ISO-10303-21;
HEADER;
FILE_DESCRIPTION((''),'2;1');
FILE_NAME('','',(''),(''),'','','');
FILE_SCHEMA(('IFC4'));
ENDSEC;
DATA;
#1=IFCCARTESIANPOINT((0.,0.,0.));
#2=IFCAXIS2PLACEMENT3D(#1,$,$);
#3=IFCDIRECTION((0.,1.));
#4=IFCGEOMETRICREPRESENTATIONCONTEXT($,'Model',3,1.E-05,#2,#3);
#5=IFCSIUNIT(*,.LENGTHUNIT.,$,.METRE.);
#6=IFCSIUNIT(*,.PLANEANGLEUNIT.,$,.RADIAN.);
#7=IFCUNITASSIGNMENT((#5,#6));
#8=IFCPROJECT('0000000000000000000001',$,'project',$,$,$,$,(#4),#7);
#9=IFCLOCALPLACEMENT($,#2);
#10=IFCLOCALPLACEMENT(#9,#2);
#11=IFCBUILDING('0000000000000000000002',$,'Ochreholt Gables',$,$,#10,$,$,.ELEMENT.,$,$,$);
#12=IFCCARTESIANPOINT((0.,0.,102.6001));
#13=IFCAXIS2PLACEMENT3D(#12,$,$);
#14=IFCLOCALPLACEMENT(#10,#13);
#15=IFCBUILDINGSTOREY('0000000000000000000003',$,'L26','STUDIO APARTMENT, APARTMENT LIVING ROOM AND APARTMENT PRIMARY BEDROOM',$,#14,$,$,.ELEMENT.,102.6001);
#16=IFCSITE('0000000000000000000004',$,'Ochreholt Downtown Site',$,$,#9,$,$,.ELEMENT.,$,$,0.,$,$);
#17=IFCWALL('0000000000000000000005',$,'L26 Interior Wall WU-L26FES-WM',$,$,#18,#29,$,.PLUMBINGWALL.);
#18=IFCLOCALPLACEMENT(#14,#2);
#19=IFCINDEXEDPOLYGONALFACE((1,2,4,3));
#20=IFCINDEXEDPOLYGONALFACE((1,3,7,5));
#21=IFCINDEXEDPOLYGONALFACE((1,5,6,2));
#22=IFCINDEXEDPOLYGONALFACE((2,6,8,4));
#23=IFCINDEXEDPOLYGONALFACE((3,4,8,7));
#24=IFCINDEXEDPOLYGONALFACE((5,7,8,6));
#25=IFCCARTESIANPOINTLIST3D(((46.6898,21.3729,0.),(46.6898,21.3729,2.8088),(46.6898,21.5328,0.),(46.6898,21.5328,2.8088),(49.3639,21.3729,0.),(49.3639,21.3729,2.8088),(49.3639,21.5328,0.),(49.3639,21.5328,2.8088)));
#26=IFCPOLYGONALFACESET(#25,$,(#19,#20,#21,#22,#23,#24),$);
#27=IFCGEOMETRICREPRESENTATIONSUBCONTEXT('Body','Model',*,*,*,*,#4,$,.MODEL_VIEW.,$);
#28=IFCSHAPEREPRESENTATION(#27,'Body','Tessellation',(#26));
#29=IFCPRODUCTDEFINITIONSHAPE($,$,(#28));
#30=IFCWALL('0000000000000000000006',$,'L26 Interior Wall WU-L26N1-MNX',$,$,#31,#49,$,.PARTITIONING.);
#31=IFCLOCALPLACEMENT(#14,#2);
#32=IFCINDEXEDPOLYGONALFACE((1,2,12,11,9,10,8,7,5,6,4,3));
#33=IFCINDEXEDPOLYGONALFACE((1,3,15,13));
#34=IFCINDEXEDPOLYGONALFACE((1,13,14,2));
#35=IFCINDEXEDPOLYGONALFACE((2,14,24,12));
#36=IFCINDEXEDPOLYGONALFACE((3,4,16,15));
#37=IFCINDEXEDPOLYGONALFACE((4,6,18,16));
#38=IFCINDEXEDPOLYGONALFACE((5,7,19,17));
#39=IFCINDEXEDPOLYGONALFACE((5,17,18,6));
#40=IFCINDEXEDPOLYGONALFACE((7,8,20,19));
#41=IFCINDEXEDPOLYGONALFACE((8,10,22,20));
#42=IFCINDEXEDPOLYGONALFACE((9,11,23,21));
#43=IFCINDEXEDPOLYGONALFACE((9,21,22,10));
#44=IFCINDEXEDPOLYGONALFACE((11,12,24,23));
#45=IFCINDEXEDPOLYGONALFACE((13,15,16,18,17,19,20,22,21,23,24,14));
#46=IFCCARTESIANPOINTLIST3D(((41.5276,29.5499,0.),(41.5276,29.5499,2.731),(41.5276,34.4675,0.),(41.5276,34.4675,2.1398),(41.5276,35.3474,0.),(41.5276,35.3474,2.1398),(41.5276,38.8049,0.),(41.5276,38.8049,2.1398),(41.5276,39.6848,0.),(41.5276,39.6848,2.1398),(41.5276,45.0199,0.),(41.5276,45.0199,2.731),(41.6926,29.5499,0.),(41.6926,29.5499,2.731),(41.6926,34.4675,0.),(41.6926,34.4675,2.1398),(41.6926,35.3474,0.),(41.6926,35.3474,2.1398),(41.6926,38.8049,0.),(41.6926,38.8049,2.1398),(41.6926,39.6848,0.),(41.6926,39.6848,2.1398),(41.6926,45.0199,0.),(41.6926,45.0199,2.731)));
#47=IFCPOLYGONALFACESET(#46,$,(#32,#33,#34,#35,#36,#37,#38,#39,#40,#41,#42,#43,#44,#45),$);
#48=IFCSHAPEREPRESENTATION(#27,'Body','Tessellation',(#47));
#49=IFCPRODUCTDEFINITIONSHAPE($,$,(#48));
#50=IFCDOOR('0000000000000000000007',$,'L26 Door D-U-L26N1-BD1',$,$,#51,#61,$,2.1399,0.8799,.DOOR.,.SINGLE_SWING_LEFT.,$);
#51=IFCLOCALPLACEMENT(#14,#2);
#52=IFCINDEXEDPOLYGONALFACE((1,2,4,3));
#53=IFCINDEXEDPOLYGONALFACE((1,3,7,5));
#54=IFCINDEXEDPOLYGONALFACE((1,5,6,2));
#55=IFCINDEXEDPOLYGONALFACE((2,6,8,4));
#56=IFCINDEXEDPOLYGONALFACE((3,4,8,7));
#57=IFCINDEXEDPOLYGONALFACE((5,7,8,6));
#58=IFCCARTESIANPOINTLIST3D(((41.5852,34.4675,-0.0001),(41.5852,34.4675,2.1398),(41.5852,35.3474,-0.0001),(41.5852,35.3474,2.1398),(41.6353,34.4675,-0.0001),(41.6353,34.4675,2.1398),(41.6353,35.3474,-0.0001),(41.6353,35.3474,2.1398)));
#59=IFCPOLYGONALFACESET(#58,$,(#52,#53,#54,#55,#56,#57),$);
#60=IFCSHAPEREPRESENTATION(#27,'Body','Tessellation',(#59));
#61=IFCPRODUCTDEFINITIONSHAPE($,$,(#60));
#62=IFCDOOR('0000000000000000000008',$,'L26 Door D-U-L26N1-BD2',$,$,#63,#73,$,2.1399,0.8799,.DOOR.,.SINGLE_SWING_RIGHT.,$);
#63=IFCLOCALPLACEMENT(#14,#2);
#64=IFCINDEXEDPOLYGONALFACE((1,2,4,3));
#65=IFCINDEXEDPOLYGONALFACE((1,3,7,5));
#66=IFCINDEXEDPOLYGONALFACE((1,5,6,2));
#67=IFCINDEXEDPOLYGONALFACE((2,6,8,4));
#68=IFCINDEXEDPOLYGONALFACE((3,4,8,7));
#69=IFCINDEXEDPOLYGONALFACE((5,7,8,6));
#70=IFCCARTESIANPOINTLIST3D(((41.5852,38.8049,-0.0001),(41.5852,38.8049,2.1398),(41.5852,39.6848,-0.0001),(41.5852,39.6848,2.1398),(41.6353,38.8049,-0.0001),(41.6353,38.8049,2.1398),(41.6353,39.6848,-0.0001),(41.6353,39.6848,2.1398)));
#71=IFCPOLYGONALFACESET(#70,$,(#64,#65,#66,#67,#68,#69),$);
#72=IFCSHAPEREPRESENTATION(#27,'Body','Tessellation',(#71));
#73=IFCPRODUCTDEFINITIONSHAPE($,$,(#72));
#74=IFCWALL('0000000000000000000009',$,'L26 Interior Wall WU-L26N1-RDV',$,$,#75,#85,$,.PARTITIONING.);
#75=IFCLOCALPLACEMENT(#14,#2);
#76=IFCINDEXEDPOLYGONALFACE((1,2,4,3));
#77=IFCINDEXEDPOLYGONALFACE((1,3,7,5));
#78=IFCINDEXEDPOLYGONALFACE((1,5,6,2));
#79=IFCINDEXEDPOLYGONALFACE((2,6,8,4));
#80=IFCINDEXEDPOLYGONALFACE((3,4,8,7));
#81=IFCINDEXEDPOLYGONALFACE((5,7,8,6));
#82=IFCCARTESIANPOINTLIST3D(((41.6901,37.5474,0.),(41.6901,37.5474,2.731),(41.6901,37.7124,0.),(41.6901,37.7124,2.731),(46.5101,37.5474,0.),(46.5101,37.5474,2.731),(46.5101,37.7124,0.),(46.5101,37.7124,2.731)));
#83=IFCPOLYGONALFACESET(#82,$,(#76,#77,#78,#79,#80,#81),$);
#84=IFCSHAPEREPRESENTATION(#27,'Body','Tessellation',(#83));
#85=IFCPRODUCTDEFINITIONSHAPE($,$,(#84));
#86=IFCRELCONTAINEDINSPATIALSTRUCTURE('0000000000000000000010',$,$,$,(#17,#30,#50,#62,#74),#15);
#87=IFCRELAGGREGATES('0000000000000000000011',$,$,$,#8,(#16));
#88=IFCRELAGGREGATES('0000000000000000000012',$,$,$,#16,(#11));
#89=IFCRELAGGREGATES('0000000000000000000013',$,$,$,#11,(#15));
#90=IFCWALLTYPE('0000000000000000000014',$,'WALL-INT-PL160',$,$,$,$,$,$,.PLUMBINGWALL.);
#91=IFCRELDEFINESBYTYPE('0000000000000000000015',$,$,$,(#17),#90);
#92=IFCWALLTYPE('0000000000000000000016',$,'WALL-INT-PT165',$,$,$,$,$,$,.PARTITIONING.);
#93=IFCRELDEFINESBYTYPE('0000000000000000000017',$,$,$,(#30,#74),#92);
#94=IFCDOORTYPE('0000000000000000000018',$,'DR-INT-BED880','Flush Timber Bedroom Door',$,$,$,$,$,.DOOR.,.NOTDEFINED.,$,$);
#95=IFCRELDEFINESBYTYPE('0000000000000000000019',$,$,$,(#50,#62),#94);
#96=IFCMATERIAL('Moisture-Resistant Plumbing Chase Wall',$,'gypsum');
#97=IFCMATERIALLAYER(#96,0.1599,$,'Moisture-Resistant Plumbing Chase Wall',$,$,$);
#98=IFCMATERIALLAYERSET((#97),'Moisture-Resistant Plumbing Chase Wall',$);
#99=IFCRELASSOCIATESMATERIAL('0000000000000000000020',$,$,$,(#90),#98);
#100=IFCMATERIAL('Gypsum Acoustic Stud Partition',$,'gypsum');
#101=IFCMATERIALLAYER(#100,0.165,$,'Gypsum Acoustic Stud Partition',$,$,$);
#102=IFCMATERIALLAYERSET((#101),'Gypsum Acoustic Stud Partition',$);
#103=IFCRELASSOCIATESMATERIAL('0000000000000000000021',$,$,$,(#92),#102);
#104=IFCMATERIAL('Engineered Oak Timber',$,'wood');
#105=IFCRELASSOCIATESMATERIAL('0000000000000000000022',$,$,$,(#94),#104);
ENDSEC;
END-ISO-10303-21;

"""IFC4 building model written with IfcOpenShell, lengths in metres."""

from ifc_helpers import new_model, si_unit, direction, frame, frame_2d, origin, place, context, subcontext, project, spatial, rectangle, extrude, material, layer, layer_set, type_object, element, fill, save


model = new_model("IFC4")

# Units and contexts
model_context = context("Model", 3, precision=1e-05, world=origin(), true_north=direction((0.0, 1.0)))
body_context = subcontext(model_context, "Body", "Model", "MODEL_VIEW")
ifc_project = project(units=[si_unit("LENGTHUNIT", "METRE"), si_unit("PLANEANGLEUNIT", "RADIAN")], contexts=[model_context])

# Site, building, storey
site_placement = place(None, origin())
site = spatial("IfcSite", under=ifc_project, at=site_placement, Name="Ochreholt Downtown Site", CompositionType="ELEMENT", RefElevation=0.0)
building_placement = place(site_placement, origin())
building = spatial("IfcBuilding", under=site, at=building_placement, Name="Ochreholt Gables", CompositionType="ELEMENT")
storey_placement = place(building_placement, frame((0.0, 0.0, 102.6001)))
storey = spatial("IfcBuildingStorey", under=building, at=storey_placement, Name="L26", Description="STUDIO APARTMENT, APARTMENT LIVING ROOM AND APARTMENT PRIMARY BEDROOM", CompositionType="ELEMENT", Elevation=102.6001)

# Shared definitions
ifc_material_1 = material(Name="Engineered Oak Timber", Category="wood")

# Wall
ifc_material_2 = material(Name="Moisture-Resistant Plumbing Chase Wall", Category="gypsum")
ifc_layer_1 = layer(ifc_material_2, 0.1599, Name="Moisture-Resistant Plumbing Chase Wall")
ifc_layer_set_1 = layer_set([ifc_layer_1], Name="Moisture-Resistant Plumbing Chase Wall")
wall_type_1 = type_object("IfcWallType", Name="WALL-INT-PL160", PredefinedType="PLUMBINGWALL", material=ifc_layer_set_1)
wall_1_placement = place(storey_placement, frame((46.6899, 21.4529, 0.0), z_axis=(0.0, 0.0, 1.0), x_axis=(1.0, 0.0, 0.0)))
element("IfcWall", 1, at=wall_1_placement, inside=storey, type_object=wall_type_1, Name="L26 Interior Wall WU-L26FES-WM", PredefinedType="PLUMBINGWALL", context=body_context, shape_type="SweptSolid", body=[
    extrude(rectangle(XDim=2.6741, YDim=0.1599, at=frame_2d((1.3369, 0.0))), origin(), (0.0, 0.0, 1.0), 2.8088),
])

# Wall, openings, doors
ifc_material_3 = material(Name="Gypsum Acoustic Stud Partition", Category="gypsum")
ifc_layer_2 = layer(ifc_material_3, 0.165, Name="Gypsum Acoustic Stud Partition")
ifc_layer_set_2 = layer_set([ifc_layer_2], Name="Gypsum Acoustic Stud Partition")
wall_type_2 = type_object("IfcWallType", Name="WALL-INT-PT165", PredefinedType="PARTITIONING", material=ifc_layer_set_2)
wall_2_placement = place(storey_placement, frame((41.6101, 29.55, 0.0), z_axis=(0.0, 0.0, 1.0), x_axis=(0.0, 1.0, 0.0)))
wall_2 = element("IfcWall", 2, at=wall_2_placement, inside=storey, type_object=wall_type_2, Name="L26 Interior Wall WU-L26N1-MNX", PredefinedType="PARTITIONING", context=body_context, shape_type="SweptSolid", body=[
    extrude(rectangle(XDim=15.47, YDim=0.165, at=frame_2d((7.7349, 0.0))), origin(), (0.0, 0.0, 1.0), 2.731),
])
opening_1_placement = place(wall_2_placement, frame((4.9175, 0.0, 0.0)))
opening_1 = element("IfcOpeningElement", 3, at=opening_1_placement, cuts=wall_2, PredefinedType="OPENING", context=body_context, shape_type="SweptSolid", body=[
    extrude(rectangle(XDim=0.8799, YDim=2.1399, at=frame_2d((0.4399, 1.0698))), frame((0.0, 0.0925, 0.0), z_axis=(0.0, -1.0, 0.0), x_axis=(1.0, 0.0, 0.0)), (0.0, 0.0, 1.0), 0.1851),
])
opening_2_placement = place(wall_2_placement, frame((9.2549, 0.0, 0.0)))
opening_2 = element("IfcOpeningElement", 4, at=opening_2_placement, cuts=wall_2, PredefinedType="OPENING", context=body_context, shape_type="SweptSolid", body=[
    extrude(rectangle(XDim=0.8799, YDim=2.1399, at=frame_2d((0.4399, 1.0698))), frame((0.0, 0.0925, 0.0), z_axis=(0.0, -1.0, 0.0), x_axis=(1.0, 0.0, 0.0)), (0.0, 0.0, 1.0), 0.1851),
])
door_type_1 = type_object("IfcDoorType", Name="DR-INT-BED880", Description="Flush Timber Bedroom Door", OperationType="NOTDEFINED", PredefinedType="DOOR", material=ifc_material_1)
door_1_placement = place(opening_1_placement, origin())
door_1 = element("IfcDoor", 5, at=door_1_placement, inside=storey, type_object=door_type_1, Name="L26 Door D-U-L26N1-BD1", OperationType="SINGLE_SWING_LEFT", OverallHeight=2.1399, OverallWidth=0.8799, PredefinedType="DOOR", context=body_context, shape_type="SweptSolid", body=[
    extrude(rectangle(XDim=0.8799, YDim=2.1399, at=frame_2d((0.4399, 1.0698))), frame((0.0, 0.0249, 0.0), z_axis=(0.0, -1.0, 0.0), x_axis=(1.0, 0.0, 0.0)), (0.0, 0.0, 1.0), 0.05),
])
fill(opening_1, door_1)
door_2_placement = place(opening_2_placement, origin())
door_2 = element("IfcDoor", 6, at=door_2_placement, inside=storey, type_object=door_type_1, Name="L26 Door D-U-L26N1-BD2", OperationType="SINGLE_SWING_RIGHT", OverallHeight=2.1399, OverallWidth=0.8799, PredefinedType="DOOR", context=body_context, shape_type="SweptSolid", body=[
    extrude(rectangle(XDim=0.8799, YDim=2.1399, at=frame_2d((0.4399, 1.0698))), frame((0.0, 0.0249, 0.0), z_axis=(0.0, -1.0, 0.0), x_axis=(1.0, 0.0, 0.0)), (0.0, 0.0, 1.0), 0.05),
])
fill(opening_2, door_2)

# Wall
wall_3_placement = place(storey_placement, frame((41.6899, 37.6299, 0.0), z_axis=(0.0, 0.0, 1.0), x_axis=(1.0, 0.0, 0.0)))
element("IfcWall", 7, at=wall_3_placement, inside=storey, type_object=wall_type_2, Name="L26 Interior Wall WU-L26N1-RDV", PredefinedType="PARTITIONING", context=body_context, shape_type="SweptSolid", body=[
    extrude(rectangle(XDim=4.8201, YDim=0.165, at=frame_2d((2.4102, 0.0))), origin(), (0.0, 0.0, 1.0), 2.731),
])

save(model, "model.ifc")
